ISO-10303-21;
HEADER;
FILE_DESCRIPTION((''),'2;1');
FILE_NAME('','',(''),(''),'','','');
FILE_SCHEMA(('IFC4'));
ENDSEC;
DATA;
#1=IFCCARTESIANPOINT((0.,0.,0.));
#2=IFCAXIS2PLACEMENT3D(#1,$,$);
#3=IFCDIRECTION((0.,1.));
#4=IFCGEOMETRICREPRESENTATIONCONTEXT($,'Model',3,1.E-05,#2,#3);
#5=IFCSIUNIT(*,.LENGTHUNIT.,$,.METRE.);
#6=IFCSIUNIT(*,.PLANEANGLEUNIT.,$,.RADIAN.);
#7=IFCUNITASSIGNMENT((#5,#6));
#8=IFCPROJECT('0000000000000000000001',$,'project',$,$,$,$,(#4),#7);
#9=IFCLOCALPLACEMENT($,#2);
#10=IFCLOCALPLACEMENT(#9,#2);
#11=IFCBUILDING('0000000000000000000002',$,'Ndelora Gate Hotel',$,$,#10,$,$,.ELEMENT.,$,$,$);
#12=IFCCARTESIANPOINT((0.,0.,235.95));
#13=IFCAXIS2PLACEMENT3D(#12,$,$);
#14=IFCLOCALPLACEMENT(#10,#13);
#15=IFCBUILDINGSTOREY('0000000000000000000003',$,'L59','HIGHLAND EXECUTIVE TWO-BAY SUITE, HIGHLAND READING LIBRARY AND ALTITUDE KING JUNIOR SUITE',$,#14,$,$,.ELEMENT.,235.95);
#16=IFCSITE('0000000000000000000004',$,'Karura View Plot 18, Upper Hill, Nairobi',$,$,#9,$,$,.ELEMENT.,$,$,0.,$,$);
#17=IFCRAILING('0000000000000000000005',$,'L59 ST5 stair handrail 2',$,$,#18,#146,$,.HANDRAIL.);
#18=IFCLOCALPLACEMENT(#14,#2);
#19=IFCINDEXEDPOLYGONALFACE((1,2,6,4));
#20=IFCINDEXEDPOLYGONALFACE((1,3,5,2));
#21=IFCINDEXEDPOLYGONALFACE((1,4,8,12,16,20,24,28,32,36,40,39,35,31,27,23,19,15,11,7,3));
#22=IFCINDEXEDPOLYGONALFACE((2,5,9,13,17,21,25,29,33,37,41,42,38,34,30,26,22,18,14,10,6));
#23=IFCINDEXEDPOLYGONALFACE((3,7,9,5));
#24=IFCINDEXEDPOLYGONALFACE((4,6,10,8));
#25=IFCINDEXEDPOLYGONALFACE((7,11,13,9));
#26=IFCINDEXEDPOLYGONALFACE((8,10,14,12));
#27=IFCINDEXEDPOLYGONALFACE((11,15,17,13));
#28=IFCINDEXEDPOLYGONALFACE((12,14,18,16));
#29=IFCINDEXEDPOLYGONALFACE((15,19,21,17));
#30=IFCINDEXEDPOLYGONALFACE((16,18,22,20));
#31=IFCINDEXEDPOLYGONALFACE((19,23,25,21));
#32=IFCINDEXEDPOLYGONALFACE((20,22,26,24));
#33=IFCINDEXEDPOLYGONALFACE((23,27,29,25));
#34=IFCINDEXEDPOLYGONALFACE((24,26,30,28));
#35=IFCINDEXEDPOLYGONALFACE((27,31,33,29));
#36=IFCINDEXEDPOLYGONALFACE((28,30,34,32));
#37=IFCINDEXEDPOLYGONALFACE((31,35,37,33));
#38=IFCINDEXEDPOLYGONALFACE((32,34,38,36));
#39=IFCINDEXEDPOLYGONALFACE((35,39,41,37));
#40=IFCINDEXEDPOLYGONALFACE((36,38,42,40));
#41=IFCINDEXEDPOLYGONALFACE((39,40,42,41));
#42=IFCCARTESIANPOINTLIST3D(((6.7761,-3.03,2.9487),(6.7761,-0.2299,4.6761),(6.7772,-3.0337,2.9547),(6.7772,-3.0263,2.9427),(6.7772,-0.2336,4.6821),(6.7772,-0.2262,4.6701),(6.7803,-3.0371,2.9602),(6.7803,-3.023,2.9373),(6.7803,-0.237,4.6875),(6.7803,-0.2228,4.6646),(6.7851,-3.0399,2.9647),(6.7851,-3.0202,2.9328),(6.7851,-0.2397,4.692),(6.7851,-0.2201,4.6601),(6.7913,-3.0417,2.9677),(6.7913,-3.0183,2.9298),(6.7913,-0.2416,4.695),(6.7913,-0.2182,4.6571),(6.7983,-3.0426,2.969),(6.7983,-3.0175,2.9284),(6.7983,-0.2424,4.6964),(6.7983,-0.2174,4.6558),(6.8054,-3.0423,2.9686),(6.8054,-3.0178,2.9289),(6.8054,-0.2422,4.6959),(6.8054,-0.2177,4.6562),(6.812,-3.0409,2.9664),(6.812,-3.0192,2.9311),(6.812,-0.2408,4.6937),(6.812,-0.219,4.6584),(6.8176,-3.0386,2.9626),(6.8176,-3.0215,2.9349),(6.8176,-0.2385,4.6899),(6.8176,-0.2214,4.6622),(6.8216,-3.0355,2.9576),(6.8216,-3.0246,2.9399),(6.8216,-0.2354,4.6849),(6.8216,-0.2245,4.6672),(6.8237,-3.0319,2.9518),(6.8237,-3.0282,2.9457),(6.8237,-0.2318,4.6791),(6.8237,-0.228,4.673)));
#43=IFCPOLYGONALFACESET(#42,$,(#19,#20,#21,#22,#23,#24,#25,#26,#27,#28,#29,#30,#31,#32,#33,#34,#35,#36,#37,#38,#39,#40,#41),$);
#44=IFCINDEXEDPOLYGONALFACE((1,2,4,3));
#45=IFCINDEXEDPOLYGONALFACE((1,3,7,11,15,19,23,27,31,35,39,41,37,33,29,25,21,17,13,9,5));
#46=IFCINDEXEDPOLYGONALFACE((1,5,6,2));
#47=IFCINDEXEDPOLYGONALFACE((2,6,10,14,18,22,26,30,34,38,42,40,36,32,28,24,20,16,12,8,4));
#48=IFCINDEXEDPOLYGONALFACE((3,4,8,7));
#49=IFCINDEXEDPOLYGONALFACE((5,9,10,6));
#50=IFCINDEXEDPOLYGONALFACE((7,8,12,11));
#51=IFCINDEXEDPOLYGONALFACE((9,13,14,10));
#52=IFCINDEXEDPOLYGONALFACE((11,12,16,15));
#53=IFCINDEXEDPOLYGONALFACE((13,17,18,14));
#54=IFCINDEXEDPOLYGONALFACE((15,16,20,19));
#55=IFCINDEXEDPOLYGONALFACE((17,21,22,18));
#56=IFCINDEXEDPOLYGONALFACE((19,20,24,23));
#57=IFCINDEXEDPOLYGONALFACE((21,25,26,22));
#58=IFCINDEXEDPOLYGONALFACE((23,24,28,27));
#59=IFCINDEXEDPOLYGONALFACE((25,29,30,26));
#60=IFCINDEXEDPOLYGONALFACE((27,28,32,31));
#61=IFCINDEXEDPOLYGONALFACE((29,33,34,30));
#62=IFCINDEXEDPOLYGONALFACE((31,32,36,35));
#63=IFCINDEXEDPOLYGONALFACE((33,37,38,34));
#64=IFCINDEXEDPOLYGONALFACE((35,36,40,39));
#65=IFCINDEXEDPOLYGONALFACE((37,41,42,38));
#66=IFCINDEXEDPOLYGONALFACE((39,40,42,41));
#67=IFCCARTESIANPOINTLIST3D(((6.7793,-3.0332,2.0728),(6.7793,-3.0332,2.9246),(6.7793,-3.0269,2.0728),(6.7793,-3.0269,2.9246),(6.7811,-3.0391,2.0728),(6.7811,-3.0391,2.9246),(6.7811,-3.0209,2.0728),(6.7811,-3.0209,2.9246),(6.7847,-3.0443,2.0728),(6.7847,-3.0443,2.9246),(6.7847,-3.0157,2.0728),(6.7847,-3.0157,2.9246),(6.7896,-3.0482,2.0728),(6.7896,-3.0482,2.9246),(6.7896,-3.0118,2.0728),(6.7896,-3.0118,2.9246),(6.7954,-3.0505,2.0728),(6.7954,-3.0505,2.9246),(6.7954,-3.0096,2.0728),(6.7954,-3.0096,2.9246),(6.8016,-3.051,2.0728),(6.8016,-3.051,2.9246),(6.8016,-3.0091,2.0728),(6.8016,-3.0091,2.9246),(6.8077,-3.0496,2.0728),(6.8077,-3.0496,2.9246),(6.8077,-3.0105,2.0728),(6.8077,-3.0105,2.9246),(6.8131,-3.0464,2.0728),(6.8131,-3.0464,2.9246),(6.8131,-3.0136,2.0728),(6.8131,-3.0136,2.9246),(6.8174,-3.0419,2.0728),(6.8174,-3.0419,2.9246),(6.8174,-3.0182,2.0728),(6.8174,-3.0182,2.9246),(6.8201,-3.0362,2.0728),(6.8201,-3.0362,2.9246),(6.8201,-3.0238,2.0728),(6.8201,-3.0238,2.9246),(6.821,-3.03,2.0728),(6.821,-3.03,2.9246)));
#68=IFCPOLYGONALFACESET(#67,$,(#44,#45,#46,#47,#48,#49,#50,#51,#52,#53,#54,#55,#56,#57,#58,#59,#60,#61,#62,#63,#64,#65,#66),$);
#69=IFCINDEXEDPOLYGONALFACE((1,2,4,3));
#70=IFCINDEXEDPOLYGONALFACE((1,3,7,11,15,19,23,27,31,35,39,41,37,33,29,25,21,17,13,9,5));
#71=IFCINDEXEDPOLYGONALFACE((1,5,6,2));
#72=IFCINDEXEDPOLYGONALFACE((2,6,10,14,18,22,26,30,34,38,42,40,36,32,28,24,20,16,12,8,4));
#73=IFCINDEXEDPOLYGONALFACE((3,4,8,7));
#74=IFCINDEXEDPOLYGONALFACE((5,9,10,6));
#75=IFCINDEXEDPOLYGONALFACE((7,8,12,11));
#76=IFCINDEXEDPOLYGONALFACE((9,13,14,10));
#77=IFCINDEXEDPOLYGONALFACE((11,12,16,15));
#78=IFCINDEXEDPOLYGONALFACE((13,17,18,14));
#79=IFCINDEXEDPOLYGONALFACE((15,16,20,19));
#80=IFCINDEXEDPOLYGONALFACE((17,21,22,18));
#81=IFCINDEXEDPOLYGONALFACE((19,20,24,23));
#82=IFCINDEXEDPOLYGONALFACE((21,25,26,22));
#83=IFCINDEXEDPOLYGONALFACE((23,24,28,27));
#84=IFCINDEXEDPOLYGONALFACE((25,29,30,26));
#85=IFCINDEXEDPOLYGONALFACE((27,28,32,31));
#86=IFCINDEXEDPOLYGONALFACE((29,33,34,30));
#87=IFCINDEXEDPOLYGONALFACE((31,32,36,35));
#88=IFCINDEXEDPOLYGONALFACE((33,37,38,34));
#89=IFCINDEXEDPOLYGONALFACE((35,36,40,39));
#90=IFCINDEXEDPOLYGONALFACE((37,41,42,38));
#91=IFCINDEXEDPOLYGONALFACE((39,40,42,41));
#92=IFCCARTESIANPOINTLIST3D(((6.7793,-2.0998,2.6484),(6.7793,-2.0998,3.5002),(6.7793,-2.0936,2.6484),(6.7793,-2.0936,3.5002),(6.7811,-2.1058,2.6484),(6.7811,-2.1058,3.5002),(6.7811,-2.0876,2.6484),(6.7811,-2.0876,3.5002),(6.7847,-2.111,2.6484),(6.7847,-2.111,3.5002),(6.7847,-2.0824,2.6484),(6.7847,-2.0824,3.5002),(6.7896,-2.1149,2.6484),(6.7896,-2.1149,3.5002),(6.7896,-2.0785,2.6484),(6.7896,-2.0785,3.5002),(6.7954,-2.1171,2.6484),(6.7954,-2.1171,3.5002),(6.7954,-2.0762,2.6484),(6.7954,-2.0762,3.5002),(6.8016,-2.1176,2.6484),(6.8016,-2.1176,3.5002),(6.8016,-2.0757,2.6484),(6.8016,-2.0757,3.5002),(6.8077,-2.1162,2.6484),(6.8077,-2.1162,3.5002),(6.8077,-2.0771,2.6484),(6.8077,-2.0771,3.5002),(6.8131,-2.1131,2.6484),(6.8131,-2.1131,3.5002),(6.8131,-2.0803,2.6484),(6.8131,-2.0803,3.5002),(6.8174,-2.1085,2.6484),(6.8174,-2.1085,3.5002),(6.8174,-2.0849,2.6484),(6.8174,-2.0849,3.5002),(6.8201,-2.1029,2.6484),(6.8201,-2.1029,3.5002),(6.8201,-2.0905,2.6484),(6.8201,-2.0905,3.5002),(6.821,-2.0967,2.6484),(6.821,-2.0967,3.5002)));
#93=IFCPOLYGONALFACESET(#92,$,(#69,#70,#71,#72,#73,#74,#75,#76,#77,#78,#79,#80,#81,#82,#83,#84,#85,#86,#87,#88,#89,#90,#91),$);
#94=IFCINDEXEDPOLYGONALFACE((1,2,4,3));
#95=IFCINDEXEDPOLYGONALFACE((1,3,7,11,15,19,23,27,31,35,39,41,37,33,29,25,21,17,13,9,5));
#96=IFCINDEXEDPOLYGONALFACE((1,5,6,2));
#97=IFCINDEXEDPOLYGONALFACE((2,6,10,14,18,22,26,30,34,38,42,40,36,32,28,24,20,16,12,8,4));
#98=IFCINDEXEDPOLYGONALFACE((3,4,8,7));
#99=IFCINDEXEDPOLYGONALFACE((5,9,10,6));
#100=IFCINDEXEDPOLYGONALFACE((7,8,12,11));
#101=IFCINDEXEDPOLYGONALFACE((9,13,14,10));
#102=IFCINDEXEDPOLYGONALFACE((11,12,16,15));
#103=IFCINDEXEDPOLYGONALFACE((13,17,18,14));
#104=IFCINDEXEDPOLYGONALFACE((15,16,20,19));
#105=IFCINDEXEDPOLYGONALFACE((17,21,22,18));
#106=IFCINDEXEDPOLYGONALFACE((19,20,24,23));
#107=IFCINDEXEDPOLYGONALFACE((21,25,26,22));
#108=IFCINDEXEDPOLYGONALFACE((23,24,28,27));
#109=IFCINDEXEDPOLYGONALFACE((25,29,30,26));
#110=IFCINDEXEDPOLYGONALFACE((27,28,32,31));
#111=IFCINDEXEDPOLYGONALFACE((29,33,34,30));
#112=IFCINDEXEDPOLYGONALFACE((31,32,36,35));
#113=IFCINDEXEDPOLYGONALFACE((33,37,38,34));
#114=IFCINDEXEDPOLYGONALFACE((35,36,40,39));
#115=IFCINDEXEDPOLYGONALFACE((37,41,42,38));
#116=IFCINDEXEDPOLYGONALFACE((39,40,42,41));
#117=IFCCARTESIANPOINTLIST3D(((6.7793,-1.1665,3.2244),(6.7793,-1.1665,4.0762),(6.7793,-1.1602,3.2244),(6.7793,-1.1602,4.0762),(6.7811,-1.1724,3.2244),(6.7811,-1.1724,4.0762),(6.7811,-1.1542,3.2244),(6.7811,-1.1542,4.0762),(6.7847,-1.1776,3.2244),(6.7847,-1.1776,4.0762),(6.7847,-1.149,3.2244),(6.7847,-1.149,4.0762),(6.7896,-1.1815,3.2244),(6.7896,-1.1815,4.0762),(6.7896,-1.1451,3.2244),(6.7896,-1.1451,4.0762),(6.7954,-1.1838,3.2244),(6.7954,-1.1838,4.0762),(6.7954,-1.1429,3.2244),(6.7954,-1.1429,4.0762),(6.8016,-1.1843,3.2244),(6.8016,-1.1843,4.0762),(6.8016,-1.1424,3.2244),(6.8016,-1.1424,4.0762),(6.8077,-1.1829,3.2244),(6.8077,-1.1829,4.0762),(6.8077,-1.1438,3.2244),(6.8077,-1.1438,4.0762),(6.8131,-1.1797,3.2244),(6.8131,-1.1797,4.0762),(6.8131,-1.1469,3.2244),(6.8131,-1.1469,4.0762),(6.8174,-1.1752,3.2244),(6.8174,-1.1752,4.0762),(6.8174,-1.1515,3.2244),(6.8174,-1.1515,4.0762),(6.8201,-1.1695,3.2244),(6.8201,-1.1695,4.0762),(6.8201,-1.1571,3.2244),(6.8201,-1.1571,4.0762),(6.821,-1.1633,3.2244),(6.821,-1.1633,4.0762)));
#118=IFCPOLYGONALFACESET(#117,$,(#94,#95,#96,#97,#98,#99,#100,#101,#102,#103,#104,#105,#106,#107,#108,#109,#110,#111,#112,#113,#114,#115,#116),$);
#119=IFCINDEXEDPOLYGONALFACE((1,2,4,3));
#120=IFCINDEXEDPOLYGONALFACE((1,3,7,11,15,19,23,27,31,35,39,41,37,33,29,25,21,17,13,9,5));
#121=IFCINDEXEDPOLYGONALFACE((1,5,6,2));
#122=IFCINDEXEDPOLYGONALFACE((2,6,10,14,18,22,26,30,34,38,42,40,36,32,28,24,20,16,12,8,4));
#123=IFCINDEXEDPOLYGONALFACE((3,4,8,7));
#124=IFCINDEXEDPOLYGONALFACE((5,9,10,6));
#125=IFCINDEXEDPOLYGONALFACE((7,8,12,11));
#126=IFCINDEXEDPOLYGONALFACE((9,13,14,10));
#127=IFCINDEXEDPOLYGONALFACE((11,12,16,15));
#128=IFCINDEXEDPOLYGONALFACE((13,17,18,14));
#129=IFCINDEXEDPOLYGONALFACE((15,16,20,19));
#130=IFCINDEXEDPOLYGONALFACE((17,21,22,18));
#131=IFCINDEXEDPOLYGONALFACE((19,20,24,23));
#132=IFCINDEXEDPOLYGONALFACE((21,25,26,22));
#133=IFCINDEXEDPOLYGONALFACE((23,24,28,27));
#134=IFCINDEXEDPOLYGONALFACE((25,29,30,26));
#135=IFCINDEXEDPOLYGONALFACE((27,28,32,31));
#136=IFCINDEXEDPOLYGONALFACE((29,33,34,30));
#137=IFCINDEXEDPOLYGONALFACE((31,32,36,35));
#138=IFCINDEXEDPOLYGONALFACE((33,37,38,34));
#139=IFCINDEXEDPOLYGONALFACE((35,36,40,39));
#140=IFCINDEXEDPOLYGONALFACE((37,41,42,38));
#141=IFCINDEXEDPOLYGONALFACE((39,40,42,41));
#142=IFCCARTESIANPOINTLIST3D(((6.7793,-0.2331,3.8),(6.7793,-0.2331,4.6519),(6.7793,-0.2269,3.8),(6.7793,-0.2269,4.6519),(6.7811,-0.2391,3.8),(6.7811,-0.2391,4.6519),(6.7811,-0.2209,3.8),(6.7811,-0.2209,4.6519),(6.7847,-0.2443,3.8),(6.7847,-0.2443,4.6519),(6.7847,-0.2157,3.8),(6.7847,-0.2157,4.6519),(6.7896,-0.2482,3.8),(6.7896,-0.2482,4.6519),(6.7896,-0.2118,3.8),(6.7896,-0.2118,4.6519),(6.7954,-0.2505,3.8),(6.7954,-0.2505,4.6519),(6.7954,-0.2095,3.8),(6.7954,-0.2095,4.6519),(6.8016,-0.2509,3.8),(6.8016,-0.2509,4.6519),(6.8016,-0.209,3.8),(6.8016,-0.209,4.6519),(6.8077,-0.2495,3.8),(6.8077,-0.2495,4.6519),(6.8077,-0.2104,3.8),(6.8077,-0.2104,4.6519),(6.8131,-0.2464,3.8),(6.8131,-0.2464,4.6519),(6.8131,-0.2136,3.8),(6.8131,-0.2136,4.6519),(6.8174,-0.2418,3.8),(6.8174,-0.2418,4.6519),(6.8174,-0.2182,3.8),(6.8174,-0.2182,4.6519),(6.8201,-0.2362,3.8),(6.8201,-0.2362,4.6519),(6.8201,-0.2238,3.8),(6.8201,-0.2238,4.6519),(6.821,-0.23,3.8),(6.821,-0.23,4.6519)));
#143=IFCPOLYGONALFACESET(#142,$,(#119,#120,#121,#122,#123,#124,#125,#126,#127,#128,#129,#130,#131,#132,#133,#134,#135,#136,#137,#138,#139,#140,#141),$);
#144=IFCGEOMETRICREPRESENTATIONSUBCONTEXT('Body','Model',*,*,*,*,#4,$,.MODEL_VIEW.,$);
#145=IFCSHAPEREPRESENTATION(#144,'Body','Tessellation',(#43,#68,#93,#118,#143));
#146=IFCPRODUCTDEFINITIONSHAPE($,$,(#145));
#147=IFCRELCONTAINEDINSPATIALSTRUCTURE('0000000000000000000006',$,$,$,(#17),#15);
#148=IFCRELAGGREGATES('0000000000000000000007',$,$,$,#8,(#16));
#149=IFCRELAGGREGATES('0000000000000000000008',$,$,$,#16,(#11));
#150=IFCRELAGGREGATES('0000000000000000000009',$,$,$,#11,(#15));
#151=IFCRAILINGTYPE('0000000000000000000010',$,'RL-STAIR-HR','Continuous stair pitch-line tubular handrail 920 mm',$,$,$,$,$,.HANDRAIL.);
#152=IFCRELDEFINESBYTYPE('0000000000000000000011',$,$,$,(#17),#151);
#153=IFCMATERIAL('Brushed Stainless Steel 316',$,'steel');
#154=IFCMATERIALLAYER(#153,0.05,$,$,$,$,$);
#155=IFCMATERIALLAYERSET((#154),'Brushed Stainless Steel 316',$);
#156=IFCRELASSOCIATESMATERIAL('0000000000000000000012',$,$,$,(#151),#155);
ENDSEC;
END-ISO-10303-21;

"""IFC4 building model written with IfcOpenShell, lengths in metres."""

from ifc_helpers import new_model, si_unit, direction, frame, origin, origin_2d, place, context, subcontext, project, spatial, circle, extrude, material, layer, layer_set, type_object, element, save


model = new_model("IFC4")

# Units and contexts
model_context = context("Model", 3, precision=1e-05, world=origin(), true_north=direction((0.0, 1.0)))
body_context = subcontext(model_context, "Body", "Model", "MODEL_VIEW")
ifc_project = project(units=[si_unit("LENGTHUNIT", "METRE"), si_unit("PLANEANGLEUNIT", "RADIAN")], contexts=[model_context])

# Site, building, storey
site_placement = place(None, origin())
site = spatial("IfcSite", under=ifc_project, at=site_placement, Name="Karura View Plot 18, Upper Hill, Nairobi", CompositionType="ELEMENT", RefElevation=0.0)
building_placement = place(site_placement, origin())
building = spatial("IfcBuilding", under=site, at=building_placement, Name="Ndelora Gate Hotel", CompositionType="ELEMENT")
storey_placement = place(building_placement, frame((0.0, 0.0, 235.95)))
storey = spatial("IfcBuildingStorey", under=building, at=storey_placement, Name="L59", Description="HIGHLAND EXECUTIVE TWO-BAY SUITE, HIGHLAND READING LIBRARY AND ALTITUDE KING JUNIOR SUITE", CompositionType="ELEMENT", Elevation=235.95)

# Railing
ifc_material_1 = material(Name="Brushed Stainless Steel 316", Category="steel")
ifc_layer_1 = layer(ifc_material_1, 0.05)
ifc_layer_set_1 = layer_set([ifc_layer_1], Name="Brushed Stainless Steel 316")
railing_type_1 = type_object("IfcRailingType", Name="RL-STAIR-HR", Description="Continuous stair pitch-line tubular handrail 920 mm", PredefinedType="HANDRAIL", material=ifc_layer_set_1)
railing_1_placement = place(storey_placement, frame((6.8, -3.03, 2.0728)))
element("IfcRailing", 1, at=railing_1_placement, inside=storey, type_object=railing_type_1, Name="L59 ST5 stair handrail 2", PredefinedType="HANDRAIL", context=body_context, shape_type="SweptSolid", body=[
    extrude(circle(Radius=0.0239, at=origin_2d()), frame((0.0, 0.0, 0.876), z_axis=(0.0, 0.85109, 0.52502), x_axis=(-1.0, 0.0, 0.0)), (0.0, 0.0, 1.0), 3.29),
    extrude(circle(Radius=0.021, at=origin_2d()), origin(), (0.0, 0.0, 1.0), 0.8518),
    extrude(circle(Radius=0.021, at=origin_2d()), frame((0.0, 0.9333, 0.5757)), (0.0, 0.0, 1.0), 0.8518),
    extrude(circle(Radius=0.021, at=origin_2d()), frame((0.0, 1.8667, 1.1516)), (0.0, 0.0, 1.0), 0.8518),
    extrude(circle(Radius=0.021, at=origin_2d()), frame((0.0, 2.8, 1.7273)), (0.0, 0.0, 1.0), 0.8518),
])

save(model, "model.ifc")
